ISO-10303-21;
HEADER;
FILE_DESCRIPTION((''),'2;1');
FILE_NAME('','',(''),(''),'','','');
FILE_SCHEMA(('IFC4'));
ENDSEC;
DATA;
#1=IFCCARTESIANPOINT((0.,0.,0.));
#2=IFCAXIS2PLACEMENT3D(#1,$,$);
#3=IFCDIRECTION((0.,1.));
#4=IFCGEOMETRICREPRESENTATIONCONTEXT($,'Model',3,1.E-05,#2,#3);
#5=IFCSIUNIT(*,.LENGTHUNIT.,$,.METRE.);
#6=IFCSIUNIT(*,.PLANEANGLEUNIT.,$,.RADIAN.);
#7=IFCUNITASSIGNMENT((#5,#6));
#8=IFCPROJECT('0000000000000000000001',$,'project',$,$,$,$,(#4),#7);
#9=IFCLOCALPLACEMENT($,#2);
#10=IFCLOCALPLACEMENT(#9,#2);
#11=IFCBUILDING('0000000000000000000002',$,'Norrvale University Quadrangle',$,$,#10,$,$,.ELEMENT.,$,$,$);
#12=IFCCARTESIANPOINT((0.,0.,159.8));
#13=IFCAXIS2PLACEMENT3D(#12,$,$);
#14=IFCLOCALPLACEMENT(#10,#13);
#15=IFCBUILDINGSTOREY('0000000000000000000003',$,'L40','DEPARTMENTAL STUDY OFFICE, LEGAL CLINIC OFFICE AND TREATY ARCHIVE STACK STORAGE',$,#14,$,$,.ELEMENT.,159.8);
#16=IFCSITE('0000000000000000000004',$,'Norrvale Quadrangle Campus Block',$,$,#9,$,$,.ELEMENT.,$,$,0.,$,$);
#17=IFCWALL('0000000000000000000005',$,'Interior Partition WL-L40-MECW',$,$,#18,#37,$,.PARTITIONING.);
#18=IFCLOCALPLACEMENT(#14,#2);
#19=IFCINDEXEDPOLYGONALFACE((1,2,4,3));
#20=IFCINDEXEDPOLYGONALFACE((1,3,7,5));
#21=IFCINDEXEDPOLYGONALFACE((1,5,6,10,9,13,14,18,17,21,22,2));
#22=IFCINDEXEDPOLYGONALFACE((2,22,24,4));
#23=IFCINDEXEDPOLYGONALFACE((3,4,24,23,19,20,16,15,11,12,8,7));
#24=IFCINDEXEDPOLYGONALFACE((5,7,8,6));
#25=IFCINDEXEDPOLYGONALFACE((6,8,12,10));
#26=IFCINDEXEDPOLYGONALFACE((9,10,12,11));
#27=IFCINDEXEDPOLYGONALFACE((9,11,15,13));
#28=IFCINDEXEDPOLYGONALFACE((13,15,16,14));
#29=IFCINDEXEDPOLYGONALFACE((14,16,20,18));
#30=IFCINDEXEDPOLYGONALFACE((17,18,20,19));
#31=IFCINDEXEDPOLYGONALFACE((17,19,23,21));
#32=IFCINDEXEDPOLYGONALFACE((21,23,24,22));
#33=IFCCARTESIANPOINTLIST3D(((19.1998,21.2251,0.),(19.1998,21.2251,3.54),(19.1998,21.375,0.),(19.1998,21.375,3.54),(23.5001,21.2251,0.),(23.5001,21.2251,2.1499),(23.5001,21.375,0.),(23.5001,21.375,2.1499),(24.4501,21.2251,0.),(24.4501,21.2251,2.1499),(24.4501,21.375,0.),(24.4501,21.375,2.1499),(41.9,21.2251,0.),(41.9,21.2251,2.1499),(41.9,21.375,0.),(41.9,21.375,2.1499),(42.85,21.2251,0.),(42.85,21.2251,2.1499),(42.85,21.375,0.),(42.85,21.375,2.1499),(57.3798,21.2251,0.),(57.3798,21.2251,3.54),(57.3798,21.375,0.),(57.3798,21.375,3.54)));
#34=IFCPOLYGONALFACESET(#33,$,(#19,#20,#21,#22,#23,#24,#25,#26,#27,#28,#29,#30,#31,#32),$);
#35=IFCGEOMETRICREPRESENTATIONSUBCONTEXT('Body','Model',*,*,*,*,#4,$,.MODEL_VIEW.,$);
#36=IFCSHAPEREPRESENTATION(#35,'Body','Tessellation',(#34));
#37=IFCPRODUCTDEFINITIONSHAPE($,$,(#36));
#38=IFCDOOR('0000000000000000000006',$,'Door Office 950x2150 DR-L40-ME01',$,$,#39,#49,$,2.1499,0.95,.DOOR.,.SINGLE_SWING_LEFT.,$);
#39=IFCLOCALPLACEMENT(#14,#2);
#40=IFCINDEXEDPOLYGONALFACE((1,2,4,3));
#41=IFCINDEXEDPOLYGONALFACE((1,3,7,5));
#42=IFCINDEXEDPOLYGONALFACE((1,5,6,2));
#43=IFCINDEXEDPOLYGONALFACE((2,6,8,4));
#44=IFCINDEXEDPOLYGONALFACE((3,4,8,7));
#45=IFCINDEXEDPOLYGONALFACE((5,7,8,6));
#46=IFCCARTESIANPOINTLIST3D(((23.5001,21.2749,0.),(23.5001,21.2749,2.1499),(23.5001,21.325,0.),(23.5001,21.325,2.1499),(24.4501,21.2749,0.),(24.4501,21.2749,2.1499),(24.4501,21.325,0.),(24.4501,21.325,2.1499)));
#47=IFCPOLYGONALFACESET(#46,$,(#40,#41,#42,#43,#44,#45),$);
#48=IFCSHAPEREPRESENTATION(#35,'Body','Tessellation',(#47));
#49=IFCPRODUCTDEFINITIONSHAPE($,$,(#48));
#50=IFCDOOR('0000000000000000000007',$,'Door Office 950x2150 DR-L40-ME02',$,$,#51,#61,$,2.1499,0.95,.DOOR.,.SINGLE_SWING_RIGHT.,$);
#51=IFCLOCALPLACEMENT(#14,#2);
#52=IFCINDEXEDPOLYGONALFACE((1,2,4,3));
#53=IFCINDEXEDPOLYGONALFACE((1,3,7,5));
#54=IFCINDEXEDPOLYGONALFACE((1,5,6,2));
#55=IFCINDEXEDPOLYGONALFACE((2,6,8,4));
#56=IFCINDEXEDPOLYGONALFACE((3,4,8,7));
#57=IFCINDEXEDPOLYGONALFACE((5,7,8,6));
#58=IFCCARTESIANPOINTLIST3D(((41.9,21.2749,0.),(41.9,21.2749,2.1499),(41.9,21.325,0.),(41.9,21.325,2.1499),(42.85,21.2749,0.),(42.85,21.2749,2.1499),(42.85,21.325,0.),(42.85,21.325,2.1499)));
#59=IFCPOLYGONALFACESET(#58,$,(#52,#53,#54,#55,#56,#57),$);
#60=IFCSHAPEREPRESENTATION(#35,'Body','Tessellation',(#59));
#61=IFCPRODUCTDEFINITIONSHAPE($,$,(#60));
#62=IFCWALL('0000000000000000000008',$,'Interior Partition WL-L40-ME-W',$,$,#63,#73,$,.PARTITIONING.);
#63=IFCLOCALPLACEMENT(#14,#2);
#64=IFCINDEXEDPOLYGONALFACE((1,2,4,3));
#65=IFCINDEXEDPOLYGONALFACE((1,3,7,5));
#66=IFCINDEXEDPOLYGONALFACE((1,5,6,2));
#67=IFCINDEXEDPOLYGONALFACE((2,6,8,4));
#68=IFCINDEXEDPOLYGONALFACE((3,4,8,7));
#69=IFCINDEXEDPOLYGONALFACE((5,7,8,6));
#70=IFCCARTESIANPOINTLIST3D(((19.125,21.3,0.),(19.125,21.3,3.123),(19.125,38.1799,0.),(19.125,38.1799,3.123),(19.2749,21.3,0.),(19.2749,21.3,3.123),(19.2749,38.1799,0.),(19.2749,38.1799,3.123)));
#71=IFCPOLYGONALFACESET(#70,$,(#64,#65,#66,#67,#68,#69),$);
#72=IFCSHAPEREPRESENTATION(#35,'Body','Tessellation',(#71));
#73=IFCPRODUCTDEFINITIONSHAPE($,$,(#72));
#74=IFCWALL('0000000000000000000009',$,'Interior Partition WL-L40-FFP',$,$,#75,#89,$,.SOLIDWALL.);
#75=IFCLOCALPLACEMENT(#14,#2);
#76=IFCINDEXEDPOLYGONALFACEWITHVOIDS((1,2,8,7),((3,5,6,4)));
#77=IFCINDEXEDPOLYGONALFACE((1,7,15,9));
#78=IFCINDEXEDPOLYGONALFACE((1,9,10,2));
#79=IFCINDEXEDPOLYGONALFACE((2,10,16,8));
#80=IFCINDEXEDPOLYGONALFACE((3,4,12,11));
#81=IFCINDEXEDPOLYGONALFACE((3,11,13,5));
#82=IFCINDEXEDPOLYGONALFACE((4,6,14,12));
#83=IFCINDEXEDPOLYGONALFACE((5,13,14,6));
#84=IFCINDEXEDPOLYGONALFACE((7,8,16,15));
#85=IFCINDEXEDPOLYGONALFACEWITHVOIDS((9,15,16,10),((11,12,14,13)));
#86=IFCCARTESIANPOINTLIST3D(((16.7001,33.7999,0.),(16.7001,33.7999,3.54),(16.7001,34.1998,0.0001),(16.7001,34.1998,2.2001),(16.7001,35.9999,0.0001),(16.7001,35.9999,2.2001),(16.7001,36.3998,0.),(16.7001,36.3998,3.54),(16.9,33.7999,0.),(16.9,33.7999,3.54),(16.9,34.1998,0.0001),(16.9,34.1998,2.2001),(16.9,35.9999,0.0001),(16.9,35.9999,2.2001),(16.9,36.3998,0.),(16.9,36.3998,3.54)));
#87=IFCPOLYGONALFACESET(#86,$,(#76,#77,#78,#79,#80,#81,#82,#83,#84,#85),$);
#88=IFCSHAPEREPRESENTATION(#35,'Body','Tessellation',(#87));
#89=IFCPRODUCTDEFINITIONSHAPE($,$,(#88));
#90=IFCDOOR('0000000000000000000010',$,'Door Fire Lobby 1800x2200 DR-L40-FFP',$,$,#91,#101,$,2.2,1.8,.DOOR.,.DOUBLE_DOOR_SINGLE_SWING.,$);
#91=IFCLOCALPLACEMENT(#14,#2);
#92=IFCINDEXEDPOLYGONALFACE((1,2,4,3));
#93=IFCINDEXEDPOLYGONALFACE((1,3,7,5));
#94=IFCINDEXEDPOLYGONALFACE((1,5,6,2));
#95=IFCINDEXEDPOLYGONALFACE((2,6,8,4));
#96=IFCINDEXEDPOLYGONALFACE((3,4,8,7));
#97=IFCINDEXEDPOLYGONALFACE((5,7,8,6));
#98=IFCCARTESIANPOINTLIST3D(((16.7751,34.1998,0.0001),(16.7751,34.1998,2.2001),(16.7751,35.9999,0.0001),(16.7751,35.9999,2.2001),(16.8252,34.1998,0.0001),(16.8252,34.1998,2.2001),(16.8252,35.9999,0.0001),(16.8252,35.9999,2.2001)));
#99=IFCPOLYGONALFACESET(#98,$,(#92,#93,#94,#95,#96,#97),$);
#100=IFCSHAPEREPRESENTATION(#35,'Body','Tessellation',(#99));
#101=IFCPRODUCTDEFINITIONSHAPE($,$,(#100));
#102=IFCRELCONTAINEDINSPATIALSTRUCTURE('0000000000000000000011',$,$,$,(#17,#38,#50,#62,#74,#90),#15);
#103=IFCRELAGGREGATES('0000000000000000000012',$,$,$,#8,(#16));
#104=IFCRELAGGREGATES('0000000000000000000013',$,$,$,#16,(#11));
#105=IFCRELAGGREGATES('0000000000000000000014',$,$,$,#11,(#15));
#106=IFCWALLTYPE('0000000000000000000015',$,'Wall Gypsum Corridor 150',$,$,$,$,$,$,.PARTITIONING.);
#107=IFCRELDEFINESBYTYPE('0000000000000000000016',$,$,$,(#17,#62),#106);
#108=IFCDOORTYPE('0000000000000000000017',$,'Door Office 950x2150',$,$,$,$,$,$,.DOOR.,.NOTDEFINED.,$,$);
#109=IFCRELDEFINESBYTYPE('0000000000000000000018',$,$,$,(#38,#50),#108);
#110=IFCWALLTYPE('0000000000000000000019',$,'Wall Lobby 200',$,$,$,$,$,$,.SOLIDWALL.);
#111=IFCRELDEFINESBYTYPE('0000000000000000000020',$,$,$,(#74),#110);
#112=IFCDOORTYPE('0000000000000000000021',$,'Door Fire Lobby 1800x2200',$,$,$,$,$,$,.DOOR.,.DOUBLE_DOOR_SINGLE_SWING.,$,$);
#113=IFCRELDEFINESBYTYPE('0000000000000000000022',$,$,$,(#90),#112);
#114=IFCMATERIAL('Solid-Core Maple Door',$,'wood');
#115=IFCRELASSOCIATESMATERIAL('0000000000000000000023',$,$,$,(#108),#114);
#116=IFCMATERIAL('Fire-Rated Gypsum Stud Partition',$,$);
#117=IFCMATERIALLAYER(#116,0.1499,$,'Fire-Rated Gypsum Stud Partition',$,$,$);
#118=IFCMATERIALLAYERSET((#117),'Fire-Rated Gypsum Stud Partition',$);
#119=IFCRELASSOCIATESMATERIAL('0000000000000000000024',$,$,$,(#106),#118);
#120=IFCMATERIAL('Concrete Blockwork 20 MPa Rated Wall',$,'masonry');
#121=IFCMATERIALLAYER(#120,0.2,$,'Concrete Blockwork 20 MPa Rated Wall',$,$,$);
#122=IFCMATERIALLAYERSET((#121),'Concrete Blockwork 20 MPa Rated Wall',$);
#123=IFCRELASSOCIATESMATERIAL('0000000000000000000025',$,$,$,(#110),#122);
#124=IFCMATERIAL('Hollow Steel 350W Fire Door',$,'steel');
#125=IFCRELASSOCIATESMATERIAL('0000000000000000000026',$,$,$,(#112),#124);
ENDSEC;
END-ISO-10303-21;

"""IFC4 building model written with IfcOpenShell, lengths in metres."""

from ifc_helpers import new_model, si_unit, direction, frame, frame_2d, origin, place, context, subcontext, project, spatial, rectangle, extrude, material, layer, layer_set, type_object, element, fill, save


model = new_model("IFC4")

# Units and contexts
model_context = context("Model", 3, precision=1e-05, world=origin(), true_north=direction((0.0, 1.0)))
body_context = subcontext(model_context, "Body", "Model", "MODEL_VIEW")
ifc_project = project(units=[si_unit("LENGTHUNIT", "METRE"), si_unit("PLANEANGLEUNIT", "RADIAN")], contexts=[model_context])

# Site, building, storey
site_placement = place(None, origin())
site = spatial("IfcSite", under=ifc_project, at=site_placement, Name="Norrvale Quadrangle Campus Block", CompositionType="ELEMENT", RefElevation=0.0)
building_placement = place(site_placement, origin())
building = spatial("IfcBuilding", under=site, at=building_placement, Name="Norrvale University Quadrangle", CompositionType="ELEMENT")
storey_placement = place(building_placement, frame((0.0, 0.0, 159.8)))
storey = spatial("IfcBuildingStorey", under=building, at=storey_placement, Name="L40", Description="DEPARTMENTAL STUDY OFFICE, LEGAL CLINIC OFFICE AND TREATY ARCHIVE STACK STORAGE", CompositionType="ELEMENT", Elevation=159.8)

# Shared definitions
ifc_material_1 = material(Name="Solid-Core Maple Door", Category="wood")
door_type_1 = type_object("IfcDoorType", Name="Door Office 950x2150", OperationType="NOTDEFINED", PredefinedType="DOOR", material=ifc_material_1)

# Wall, openings, doors
ifc_material_2 = material(Name="Fire-Rated Gypsum Stud Partition")
ifc_layer_1 = layer(ifc_material_2, 0.1499, Name="Fire-Rated Gypsum Stud Partition")
ifc_layer_set_1 = layer_set([ifc_layer_1], Name="Fire-Rated Gypsum Stud Partition")
wall_type_1 = type_object("IfcWallType", Name="Wall Gypsum Corridor 150", PredefinedType="PARTITIONING", material=ifc_layer_set_1)
wall_1_placement = place(storey_placement, frame((19.2, 21.3, 0.0), z_axis=(0.0, 0.0, 1.0), x_axis=(1.0, 0.0, 0.0)))
wall_1 = element("IfcWall", 1, at=wall_1_placement, inside=storey, type_object=wall_type_1, Name="Interior Partition WL-L40-MECW", PredefinedType="PARTITIONING", context=body_context, shape_type="SweptSolid", body=[
    extrude(rectangle(XDim=38.1799, YDim=0.1499, at=frame_2d((19.0898, 0.0))), origin(), (0.0, 0.0, 1.0), 3.54),
])
opening_1_placement = place(wall_1_placement, frame((4.3, 0.0, 0.0)))
opening_1 = element("IfcOpeningElement", 2, at=opening_1_placement, cuts=wall_1, PredefinedType="OPENING", context=body_context, shape_type="SweptSolid", body=[
    extrude(rectangle(XDim=0.95, YDim=2.1499, at=frame_2d((0.4751, 1.075))), frame((0.0, 0.0869, 0.0), z_axis=(0.0, -1.0, 0.0), x_axis=(1.0, 0.0, 0.0)), (0.0, 0.0, 1.0), 0.1738),
])
opening_2_placement = place(wall_1_placement, frame((22.7, 0.0, 0.0)))
opening_2 = element("IfcOpeningElement", 3, at=opening_2_placement, cuts=wall_1, PredefinedType="OPENING", context=body_context, shape_type="SweptSolid", body=[
    extrude(rectangle(XDim=0.95, YDim=2.1499, at=frame_2d((0.4751, 1.075))), frame((0.0, 0.0869, 0.0), z_axis=(0.0, -1.0, 0.0), x_axis=(1.0, 0.0, 0.0)), (0.0, 0.0, 1.0), 0.1738),
])
door_1_placement = place(opening_1_placement, origin())
door_1 = element("IfcDoor", 4, at=door_1_placement, inside=storey, type_object=door_type_1, Name="Door Office 950x2150 DR-L40-ME01", OperationType="SINGLE_SWING_LEFT", OverallHeight=2.1499, OverallWidth=0.95, PredefinedType="DOOR", context=body_context, shape_type="SweptSolid", body=[
    extrude(rectangle(XDim=0.95, YDim=2.1499, at=frame_2d((0.4751, 1.075))), frame((0.0, 0.0249, 0.0), z_axis=(0.0, -1.0, 0.0), x_axis=(1.0, 0.0, 0.0)), (0.0, 0.0, 1.0), 0.05),
])
fill(opening_1, door_1)
door_2_placement = place(opening_2_placement, origin())
door_2 = element("IfcDoor", 5, at=door_2_placement, inside=storey, type_object=door_type_1, Name="Door Office 950x2150 DR-L40-ME02", OperationType="SINGLE_SWING_RIGHT", OverallHeight=2.1499, OverallWidth=0.95, PredefinedType="DOOR", context=body_context, shape_type="SweptSolid", body=[
    extrude(rectangle(XDim=0.95, YDim=2.1499, at=frame_2d((0.4751, 1.075))), frame((0.0, 0.0249, 0.0), z_axis=(0.0, -1.0, 0.0), x_axis=(1.0, 0.0, 0.0)), (0.0, 0.0, 1.0), 0.05),
])
fill(opening_2, door_2)

# Wall
wall_2_placement = place(storey_placement, frame((19.2, 21.3, 0.0), z_axis=(0.0, 0.0, 1.0), x_axis=(0.0, 1.0, 0.0)))
element("IfcWall", 6, at=wall_2_placement, inside=storey, type_object=wall_type_1, Name="Interior Partition WL-L40-ME-W", PredefinedType="PARTITIONING", context=body_context, shape_type="SweptSolid", body=[
    extrude(rectangle(XDim=16.8799, YDim=0.1499, at=frame_2d((8.4399, 0.0))), origin(), (0.0, 0.0, 1.0), 3.123),
])

# Wall, opening, door
ifc_material_3 = material(Name="Concrete Blockwork 20 MPa Rated Wall", Category="masonry")
ifc_layer_2 = layer(ifc_material_3, 0.2, Name="Concrete Blockwork 20 MPa Rated Wall")
ifc_layer_set_2 = layer_set([ifc_layer_2], Name="Concrete Blockwork 20 MPa Rated Wall")
wall_type_2 = type_object("IfcWallType", Name="Wall Lobby 200", PredefinedType="SOLIDWALL", material=ifc_layer_set_2)
wall_3_placement = place(storey_placement, frame((16.8, 33.8, 0.0), z_axis=(0.0, 0.0, 1.0), x_axis=(0.0, 1.0, 0.0)))
wall_3 = element("IfcWall", 7, at=wall_3_placement, inside=storey, type_object=wall_type_2, Name="Interior Partition WL-L40-FFP", PredefinedType="SOLIDWALL", context=body_context, shape_type="SweptSolid", body=[
    extrude(rectangle(XDim=2.5999, YDim=0.2, at=frame_2d((1.2998, 0.0))), origin(), (0.0, 0.0, 1.0), 3.54),
])
opening_3_placement = place(wall_3_placement, frame((0.3999, 0.0, 0.0)))
opening_3 = element("IfcOpeningElement", 8, at=opening_3_placement, cuts=wall_3, PredefinedType="OPENING", context=body_context, shape_type="SweptSolid", body=[
    extrude(rectangle(XDim=1.8, YDim=2.2, at=frame_2d((0.8999, 1.1001))), frame((0.0, 0.1121, 0.0), z_axis=(0.0, -1.0, 0.0), x_axis=(1.0, 0.0, 0.0)), (0.0, 0.0, 1.0), 0.2239),
])
ifc_material_4 = material(Name="Hollow Steel 350W Fire Door", Category="steel")
door_type_2 = type_object("IfcDoorType", Name="Door Fire Lobby 1800x2200", OperationType="DOUBLE_DOOR_SINGLE_SWING", PredefinedType="DOOR", material=ifc_material_4)
door_3_placement = place(opening_3_placement, origin())
door_3 = element("IfcDoor", 9, at=door_3_placement, inside=storey, type_object=door_type_2, Name="Door Fire Lobby 1800x2200 DR-L40-FFP", OperationType="DOUBLE_DOOR_SINGLE_SWING", OverallHeight=2.2, OverallWidth=1.8, PredefinedType="DOOR", context=body_context, shape_type="SweptSolid", body=[
    extrude(rectangle(XDim=1.8, YDim=2.2, at=frame_2d((0.8999, 1.1001))), frame((0.0, 0.0249, 0.0), z_axis=(0.0, -1.0, 0.0), x_axis=(1.0, 0.0, 0.0)), (0.0, 0.0, 1.0), 0.05),
])
fill(opening_3, door_3)

save(model, "model.ifc")
